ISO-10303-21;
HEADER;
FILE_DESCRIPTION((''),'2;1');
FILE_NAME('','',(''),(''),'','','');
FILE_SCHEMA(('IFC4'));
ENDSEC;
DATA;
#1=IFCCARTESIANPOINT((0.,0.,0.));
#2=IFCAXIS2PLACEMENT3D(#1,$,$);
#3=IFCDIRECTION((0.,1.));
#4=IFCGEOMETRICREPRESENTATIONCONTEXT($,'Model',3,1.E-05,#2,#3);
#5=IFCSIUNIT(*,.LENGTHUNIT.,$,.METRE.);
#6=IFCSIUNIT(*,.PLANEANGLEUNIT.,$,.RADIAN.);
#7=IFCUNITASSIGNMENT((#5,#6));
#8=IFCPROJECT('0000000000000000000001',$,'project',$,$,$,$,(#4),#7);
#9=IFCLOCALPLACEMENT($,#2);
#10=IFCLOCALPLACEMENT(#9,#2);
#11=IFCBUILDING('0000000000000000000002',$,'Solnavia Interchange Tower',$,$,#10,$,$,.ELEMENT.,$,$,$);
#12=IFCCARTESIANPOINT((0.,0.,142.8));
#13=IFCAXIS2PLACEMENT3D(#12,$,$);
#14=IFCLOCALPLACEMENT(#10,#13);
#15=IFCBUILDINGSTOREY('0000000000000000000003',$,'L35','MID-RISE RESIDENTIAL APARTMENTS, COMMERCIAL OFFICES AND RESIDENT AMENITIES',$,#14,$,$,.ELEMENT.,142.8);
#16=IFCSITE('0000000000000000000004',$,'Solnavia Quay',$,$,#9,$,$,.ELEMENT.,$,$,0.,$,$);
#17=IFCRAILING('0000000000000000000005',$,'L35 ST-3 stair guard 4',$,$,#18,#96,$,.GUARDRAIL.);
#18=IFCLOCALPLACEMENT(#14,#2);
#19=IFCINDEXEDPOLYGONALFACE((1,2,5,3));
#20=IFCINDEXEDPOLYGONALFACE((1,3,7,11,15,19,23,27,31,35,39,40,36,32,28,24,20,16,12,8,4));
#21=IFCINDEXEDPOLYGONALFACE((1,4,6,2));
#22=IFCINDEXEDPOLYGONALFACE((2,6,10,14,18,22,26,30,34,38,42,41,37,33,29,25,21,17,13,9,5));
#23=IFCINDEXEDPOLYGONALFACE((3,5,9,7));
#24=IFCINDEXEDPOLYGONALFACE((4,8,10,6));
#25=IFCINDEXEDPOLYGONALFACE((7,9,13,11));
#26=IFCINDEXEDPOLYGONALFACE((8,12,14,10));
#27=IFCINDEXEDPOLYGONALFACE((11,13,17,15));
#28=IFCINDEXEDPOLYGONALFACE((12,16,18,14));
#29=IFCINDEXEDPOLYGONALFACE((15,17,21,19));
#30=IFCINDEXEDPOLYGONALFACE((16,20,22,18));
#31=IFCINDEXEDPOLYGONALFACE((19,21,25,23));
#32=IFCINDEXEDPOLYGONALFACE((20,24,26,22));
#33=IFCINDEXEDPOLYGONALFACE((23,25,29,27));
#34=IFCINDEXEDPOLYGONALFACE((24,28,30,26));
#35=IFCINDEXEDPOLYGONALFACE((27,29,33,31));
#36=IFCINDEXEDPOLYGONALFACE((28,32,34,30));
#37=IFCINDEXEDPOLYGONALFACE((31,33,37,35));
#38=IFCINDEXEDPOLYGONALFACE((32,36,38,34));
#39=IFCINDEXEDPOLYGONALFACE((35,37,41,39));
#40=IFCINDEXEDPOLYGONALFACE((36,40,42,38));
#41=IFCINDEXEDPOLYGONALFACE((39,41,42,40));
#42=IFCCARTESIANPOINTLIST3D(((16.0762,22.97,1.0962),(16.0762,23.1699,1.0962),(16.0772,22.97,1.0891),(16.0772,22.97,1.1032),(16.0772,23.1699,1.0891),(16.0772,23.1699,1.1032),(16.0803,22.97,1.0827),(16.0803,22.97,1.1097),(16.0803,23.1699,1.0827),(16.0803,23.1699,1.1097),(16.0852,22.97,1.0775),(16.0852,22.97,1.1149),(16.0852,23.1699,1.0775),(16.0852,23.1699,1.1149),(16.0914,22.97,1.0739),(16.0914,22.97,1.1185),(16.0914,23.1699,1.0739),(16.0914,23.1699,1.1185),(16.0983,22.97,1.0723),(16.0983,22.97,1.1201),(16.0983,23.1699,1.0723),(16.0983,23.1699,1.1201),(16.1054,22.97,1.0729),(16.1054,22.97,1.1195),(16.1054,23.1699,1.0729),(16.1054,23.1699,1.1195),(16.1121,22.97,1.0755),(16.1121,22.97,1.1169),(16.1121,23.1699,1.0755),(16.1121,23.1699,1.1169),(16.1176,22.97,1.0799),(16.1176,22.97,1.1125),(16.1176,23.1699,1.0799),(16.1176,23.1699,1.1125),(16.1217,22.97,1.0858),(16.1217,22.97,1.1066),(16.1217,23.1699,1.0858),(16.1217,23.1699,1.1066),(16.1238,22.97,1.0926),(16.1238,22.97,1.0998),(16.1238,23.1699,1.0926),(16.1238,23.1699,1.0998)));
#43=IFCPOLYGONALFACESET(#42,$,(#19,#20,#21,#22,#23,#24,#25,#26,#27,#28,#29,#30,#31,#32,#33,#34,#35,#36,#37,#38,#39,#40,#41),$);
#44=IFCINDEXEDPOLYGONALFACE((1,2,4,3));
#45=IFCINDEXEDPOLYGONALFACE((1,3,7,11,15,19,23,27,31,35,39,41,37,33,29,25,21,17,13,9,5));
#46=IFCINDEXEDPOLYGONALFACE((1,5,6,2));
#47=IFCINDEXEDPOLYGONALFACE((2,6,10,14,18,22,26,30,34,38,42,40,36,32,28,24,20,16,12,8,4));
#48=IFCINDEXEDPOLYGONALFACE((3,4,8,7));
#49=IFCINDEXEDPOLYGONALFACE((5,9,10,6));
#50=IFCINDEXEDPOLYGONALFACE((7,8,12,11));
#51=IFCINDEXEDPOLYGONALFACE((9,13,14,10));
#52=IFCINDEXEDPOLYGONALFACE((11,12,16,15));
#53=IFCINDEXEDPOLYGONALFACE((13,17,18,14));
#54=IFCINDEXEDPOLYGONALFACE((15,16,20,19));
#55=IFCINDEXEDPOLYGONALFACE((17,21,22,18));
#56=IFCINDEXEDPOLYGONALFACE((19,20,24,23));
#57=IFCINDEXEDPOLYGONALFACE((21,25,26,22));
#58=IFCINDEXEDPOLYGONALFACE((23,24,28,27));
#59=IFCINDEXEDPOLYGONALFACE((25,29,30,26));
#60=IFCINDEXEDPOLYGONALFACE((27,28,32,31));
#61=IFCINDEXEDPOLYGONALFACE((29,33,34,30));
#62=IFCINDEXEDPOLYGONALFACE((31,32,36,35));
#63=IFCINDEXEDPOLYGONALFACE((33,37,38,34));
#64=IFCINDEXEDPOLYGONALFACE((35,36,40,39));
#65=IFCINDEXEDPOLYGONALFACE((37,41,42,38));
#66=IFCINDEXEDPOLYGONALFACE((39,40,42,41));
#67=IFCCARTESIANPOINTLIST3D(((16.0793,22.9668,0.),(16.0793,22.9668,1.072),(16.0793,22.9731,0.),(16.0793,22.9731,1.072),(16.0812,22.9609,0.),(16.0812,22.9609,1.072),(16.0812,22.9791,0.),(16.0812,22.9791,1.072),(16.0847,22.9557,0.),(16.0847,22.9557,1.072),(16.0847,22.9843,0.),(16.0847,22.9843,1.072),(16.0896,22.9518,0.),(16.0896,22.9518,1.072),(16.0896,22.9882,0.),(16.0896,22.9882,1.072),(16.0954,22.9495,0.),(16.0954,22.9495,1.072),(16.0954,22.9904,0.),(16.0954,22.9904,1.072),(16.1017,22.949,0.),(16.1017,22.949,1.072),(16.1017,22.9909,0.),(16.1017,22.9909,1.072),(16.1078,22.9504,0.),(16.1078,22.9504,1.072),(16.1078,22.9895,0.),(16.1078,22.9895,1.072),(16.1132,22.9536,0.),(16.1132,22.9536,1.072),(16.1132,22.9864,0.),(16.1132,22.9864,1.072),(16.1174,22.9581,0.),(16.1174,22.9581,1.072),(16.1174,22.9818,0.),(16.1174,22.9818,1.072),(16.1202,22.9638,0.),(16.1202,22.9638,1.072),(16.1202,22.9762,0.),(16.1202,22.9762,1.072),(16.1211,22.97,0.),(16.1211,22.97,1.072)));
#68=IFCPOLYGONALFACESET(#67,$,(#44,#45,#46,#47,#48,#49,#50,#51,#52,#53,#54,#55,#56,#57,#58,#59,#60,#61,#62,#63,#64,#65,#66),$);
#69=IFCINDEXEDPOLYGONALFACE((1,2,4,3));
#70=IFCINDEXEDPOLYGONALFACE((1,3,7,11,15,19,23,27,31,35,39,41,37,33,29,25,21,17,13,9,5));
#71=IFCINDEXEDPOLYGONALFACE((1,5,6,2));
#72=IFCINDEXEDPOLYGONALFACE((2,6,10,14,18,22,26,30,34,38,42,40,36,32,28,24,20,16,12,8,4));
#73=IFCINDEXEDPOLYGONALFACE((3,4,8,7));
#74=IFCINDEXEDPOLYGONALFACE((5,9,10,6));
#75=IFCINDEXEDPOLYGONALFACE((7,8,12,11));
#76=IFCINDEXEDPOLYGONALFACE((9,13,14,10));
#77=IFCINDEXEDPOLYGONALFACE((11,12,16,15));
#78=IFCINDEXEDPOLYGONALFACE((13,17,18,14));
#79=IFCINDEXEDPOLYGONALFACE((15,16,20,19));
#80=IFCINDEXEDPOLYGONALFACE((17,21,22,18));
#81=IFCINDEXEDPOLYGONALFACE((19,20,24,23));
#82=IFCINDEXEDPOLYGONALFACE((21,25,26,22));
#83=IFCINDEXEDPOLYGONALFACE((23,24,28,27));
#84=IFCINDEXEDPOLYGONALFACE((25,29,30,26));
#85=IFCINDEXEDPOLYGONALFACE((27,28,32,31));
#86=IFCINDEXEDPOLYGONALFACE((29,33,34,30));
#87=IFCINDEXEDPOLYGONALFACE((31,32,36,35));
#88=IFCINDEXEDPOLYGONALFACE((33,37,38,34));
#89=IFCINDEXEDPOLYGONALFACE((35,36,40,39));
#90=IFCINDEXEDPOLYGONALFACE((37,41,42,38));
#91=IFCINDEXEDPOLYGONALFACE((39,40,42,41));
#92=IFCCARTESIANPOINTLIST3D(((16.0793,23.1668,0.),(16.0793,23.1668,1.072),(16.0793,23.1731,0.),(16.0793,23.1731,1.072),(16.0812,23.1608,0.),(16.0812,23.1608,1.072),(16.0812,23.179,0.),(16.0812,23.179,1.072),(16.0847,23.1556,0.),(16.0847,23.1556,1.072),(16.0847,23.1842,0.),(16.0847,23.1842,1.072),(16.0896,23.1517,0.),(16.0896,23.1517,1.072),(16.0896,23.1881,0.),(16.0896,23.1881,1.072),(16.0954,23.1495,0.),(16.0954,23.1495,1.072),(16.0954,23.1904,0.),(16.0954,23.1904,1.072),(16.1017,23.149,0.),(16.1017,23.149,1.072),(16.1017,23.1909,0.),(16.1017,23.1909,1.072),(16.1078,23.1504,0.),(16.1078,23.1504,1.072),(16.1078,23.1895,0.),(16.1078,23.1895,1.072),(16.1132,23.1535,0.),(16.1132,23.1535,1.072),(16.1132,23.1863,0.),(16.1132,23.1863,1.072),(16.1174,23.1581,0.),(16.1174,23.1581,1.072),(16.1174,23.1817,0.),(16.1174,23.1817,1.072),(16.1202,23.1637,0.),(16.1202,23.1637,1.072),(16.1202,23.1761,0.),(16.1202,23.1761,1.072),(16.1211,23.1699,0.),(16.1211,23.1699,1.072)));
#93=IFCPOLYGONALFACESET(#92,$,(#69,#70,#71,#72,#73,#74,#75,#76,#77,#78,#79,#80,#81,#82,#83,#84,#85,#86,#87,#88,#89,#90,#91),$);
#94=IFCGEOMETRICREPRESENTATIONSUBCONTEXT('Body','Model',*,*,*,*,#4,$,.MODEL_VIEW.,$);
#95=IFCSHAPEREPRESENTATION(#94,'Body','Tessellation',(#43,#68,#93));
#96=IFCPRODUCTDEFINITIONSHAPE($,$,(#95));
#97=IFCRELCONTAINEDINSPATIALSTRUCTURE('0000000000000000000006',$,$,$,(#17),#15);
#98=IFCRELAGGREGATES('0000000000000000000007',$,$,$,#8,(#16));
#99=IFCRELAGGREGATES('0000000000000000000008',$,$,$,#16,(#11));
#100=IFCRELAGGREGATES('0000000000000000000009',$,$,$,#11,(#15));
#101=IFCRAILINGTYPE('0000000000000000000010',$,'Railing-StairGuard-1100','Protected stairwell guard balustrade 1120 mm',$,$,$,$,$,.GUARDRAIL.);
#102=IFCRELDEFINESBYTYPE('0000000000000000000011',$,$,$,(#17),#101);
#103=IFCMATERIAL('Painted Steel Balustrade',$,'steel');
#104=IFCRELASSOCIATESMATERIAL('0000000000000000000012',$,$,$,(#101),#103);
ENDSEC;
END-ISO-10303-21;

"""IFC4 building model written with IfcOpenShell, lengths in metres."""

from ifc_helpers import new_model, si_unit, direction, frame, origin, origin_2d, place, context, subcontext, project, spatial, circle, extrude, material, type_object, element, save


model = new_model("IFC4")

# Units and contexts
model_context = context("Model", 3, precision=1e-05, world=origin(), true_north=direction((0.0, 1.0)))
body_context = subcontext(model_context, "Body", "Model", "MODEL_VIEW")
ifc_project = project(units=[si_unit("LENGTHUNIT", "METRE"), si_unit("PLANEANGLEUNIT", "RADIAN")], contexts=[model_context])

# Site, building, storey
site_placement = place(None, origin())
site = spatial("IfcSite", under=ifc_project, at=site_placement, Name="Solnavia Quay", CompositionType="ELEMENT", RefElevation=0.0)
building_placement = place(site_placement, origin())
building = spatial("IfcBuilding", under=site, at=building_placement, Name="Solnavia Interchange Tower", CompositionType="ELEMENT")
storey_placement = place(building_placement, frame((0.0, 0.0, 142.8)))
storey = spatial("IfcBuildingStorey", under=building, at=storey_placement, Name="L35", Description="MID-RISE RESIDENTIAL APARTMENTS, COMMERCIAL OFFICES AND RESIDENT AMENITIES", CompositionType="ELEMENT", Elevation=142.8)

# Railing
ifc_material_1 = material(Name="Painted Steel Balustrade", Category="steel")
railing_type_1 = type_object("IfcRailingType", Name="Railing-StairGuard-1100", Description="Protected stairwell guard balustrade 1120 mm", PredefinedType="GUARDRAIL", material=ifc_material_1)
railing_1_placement = place(storey_placement, frame((16.1001, 22.97, 0.0)))
element("IfcRailing", 1, at=railing_1_placement, inside=storey, type_object=railing_type_1, Name="L35 ST-3 stair guard 4", PredefinedType="GUARDRAIL", context=body_context, shape_type="SweptSolid", body=[
    extrude(circle(Radius=0.0239, at=origin_2d()), frame((0.0, 0.0, 1.0962), z_axis=(0.0, 1.0, 0.0), x_axis=(-1.0, 0.0, 0.0)), (0.0, 0.0, 1.0), 0.2),
    extrude(circle(Radius=0.021, at=origin_2d()), origin(), (0.0, 0.0, 1.0), 1.072),
    extrude(circle(Radius=0.021, at=origin_2d()), frame((0.0, 0.2, 0.0)), (0.0, 0.0, 1.0), 1.072),
])

save(model, "model.ifc")
